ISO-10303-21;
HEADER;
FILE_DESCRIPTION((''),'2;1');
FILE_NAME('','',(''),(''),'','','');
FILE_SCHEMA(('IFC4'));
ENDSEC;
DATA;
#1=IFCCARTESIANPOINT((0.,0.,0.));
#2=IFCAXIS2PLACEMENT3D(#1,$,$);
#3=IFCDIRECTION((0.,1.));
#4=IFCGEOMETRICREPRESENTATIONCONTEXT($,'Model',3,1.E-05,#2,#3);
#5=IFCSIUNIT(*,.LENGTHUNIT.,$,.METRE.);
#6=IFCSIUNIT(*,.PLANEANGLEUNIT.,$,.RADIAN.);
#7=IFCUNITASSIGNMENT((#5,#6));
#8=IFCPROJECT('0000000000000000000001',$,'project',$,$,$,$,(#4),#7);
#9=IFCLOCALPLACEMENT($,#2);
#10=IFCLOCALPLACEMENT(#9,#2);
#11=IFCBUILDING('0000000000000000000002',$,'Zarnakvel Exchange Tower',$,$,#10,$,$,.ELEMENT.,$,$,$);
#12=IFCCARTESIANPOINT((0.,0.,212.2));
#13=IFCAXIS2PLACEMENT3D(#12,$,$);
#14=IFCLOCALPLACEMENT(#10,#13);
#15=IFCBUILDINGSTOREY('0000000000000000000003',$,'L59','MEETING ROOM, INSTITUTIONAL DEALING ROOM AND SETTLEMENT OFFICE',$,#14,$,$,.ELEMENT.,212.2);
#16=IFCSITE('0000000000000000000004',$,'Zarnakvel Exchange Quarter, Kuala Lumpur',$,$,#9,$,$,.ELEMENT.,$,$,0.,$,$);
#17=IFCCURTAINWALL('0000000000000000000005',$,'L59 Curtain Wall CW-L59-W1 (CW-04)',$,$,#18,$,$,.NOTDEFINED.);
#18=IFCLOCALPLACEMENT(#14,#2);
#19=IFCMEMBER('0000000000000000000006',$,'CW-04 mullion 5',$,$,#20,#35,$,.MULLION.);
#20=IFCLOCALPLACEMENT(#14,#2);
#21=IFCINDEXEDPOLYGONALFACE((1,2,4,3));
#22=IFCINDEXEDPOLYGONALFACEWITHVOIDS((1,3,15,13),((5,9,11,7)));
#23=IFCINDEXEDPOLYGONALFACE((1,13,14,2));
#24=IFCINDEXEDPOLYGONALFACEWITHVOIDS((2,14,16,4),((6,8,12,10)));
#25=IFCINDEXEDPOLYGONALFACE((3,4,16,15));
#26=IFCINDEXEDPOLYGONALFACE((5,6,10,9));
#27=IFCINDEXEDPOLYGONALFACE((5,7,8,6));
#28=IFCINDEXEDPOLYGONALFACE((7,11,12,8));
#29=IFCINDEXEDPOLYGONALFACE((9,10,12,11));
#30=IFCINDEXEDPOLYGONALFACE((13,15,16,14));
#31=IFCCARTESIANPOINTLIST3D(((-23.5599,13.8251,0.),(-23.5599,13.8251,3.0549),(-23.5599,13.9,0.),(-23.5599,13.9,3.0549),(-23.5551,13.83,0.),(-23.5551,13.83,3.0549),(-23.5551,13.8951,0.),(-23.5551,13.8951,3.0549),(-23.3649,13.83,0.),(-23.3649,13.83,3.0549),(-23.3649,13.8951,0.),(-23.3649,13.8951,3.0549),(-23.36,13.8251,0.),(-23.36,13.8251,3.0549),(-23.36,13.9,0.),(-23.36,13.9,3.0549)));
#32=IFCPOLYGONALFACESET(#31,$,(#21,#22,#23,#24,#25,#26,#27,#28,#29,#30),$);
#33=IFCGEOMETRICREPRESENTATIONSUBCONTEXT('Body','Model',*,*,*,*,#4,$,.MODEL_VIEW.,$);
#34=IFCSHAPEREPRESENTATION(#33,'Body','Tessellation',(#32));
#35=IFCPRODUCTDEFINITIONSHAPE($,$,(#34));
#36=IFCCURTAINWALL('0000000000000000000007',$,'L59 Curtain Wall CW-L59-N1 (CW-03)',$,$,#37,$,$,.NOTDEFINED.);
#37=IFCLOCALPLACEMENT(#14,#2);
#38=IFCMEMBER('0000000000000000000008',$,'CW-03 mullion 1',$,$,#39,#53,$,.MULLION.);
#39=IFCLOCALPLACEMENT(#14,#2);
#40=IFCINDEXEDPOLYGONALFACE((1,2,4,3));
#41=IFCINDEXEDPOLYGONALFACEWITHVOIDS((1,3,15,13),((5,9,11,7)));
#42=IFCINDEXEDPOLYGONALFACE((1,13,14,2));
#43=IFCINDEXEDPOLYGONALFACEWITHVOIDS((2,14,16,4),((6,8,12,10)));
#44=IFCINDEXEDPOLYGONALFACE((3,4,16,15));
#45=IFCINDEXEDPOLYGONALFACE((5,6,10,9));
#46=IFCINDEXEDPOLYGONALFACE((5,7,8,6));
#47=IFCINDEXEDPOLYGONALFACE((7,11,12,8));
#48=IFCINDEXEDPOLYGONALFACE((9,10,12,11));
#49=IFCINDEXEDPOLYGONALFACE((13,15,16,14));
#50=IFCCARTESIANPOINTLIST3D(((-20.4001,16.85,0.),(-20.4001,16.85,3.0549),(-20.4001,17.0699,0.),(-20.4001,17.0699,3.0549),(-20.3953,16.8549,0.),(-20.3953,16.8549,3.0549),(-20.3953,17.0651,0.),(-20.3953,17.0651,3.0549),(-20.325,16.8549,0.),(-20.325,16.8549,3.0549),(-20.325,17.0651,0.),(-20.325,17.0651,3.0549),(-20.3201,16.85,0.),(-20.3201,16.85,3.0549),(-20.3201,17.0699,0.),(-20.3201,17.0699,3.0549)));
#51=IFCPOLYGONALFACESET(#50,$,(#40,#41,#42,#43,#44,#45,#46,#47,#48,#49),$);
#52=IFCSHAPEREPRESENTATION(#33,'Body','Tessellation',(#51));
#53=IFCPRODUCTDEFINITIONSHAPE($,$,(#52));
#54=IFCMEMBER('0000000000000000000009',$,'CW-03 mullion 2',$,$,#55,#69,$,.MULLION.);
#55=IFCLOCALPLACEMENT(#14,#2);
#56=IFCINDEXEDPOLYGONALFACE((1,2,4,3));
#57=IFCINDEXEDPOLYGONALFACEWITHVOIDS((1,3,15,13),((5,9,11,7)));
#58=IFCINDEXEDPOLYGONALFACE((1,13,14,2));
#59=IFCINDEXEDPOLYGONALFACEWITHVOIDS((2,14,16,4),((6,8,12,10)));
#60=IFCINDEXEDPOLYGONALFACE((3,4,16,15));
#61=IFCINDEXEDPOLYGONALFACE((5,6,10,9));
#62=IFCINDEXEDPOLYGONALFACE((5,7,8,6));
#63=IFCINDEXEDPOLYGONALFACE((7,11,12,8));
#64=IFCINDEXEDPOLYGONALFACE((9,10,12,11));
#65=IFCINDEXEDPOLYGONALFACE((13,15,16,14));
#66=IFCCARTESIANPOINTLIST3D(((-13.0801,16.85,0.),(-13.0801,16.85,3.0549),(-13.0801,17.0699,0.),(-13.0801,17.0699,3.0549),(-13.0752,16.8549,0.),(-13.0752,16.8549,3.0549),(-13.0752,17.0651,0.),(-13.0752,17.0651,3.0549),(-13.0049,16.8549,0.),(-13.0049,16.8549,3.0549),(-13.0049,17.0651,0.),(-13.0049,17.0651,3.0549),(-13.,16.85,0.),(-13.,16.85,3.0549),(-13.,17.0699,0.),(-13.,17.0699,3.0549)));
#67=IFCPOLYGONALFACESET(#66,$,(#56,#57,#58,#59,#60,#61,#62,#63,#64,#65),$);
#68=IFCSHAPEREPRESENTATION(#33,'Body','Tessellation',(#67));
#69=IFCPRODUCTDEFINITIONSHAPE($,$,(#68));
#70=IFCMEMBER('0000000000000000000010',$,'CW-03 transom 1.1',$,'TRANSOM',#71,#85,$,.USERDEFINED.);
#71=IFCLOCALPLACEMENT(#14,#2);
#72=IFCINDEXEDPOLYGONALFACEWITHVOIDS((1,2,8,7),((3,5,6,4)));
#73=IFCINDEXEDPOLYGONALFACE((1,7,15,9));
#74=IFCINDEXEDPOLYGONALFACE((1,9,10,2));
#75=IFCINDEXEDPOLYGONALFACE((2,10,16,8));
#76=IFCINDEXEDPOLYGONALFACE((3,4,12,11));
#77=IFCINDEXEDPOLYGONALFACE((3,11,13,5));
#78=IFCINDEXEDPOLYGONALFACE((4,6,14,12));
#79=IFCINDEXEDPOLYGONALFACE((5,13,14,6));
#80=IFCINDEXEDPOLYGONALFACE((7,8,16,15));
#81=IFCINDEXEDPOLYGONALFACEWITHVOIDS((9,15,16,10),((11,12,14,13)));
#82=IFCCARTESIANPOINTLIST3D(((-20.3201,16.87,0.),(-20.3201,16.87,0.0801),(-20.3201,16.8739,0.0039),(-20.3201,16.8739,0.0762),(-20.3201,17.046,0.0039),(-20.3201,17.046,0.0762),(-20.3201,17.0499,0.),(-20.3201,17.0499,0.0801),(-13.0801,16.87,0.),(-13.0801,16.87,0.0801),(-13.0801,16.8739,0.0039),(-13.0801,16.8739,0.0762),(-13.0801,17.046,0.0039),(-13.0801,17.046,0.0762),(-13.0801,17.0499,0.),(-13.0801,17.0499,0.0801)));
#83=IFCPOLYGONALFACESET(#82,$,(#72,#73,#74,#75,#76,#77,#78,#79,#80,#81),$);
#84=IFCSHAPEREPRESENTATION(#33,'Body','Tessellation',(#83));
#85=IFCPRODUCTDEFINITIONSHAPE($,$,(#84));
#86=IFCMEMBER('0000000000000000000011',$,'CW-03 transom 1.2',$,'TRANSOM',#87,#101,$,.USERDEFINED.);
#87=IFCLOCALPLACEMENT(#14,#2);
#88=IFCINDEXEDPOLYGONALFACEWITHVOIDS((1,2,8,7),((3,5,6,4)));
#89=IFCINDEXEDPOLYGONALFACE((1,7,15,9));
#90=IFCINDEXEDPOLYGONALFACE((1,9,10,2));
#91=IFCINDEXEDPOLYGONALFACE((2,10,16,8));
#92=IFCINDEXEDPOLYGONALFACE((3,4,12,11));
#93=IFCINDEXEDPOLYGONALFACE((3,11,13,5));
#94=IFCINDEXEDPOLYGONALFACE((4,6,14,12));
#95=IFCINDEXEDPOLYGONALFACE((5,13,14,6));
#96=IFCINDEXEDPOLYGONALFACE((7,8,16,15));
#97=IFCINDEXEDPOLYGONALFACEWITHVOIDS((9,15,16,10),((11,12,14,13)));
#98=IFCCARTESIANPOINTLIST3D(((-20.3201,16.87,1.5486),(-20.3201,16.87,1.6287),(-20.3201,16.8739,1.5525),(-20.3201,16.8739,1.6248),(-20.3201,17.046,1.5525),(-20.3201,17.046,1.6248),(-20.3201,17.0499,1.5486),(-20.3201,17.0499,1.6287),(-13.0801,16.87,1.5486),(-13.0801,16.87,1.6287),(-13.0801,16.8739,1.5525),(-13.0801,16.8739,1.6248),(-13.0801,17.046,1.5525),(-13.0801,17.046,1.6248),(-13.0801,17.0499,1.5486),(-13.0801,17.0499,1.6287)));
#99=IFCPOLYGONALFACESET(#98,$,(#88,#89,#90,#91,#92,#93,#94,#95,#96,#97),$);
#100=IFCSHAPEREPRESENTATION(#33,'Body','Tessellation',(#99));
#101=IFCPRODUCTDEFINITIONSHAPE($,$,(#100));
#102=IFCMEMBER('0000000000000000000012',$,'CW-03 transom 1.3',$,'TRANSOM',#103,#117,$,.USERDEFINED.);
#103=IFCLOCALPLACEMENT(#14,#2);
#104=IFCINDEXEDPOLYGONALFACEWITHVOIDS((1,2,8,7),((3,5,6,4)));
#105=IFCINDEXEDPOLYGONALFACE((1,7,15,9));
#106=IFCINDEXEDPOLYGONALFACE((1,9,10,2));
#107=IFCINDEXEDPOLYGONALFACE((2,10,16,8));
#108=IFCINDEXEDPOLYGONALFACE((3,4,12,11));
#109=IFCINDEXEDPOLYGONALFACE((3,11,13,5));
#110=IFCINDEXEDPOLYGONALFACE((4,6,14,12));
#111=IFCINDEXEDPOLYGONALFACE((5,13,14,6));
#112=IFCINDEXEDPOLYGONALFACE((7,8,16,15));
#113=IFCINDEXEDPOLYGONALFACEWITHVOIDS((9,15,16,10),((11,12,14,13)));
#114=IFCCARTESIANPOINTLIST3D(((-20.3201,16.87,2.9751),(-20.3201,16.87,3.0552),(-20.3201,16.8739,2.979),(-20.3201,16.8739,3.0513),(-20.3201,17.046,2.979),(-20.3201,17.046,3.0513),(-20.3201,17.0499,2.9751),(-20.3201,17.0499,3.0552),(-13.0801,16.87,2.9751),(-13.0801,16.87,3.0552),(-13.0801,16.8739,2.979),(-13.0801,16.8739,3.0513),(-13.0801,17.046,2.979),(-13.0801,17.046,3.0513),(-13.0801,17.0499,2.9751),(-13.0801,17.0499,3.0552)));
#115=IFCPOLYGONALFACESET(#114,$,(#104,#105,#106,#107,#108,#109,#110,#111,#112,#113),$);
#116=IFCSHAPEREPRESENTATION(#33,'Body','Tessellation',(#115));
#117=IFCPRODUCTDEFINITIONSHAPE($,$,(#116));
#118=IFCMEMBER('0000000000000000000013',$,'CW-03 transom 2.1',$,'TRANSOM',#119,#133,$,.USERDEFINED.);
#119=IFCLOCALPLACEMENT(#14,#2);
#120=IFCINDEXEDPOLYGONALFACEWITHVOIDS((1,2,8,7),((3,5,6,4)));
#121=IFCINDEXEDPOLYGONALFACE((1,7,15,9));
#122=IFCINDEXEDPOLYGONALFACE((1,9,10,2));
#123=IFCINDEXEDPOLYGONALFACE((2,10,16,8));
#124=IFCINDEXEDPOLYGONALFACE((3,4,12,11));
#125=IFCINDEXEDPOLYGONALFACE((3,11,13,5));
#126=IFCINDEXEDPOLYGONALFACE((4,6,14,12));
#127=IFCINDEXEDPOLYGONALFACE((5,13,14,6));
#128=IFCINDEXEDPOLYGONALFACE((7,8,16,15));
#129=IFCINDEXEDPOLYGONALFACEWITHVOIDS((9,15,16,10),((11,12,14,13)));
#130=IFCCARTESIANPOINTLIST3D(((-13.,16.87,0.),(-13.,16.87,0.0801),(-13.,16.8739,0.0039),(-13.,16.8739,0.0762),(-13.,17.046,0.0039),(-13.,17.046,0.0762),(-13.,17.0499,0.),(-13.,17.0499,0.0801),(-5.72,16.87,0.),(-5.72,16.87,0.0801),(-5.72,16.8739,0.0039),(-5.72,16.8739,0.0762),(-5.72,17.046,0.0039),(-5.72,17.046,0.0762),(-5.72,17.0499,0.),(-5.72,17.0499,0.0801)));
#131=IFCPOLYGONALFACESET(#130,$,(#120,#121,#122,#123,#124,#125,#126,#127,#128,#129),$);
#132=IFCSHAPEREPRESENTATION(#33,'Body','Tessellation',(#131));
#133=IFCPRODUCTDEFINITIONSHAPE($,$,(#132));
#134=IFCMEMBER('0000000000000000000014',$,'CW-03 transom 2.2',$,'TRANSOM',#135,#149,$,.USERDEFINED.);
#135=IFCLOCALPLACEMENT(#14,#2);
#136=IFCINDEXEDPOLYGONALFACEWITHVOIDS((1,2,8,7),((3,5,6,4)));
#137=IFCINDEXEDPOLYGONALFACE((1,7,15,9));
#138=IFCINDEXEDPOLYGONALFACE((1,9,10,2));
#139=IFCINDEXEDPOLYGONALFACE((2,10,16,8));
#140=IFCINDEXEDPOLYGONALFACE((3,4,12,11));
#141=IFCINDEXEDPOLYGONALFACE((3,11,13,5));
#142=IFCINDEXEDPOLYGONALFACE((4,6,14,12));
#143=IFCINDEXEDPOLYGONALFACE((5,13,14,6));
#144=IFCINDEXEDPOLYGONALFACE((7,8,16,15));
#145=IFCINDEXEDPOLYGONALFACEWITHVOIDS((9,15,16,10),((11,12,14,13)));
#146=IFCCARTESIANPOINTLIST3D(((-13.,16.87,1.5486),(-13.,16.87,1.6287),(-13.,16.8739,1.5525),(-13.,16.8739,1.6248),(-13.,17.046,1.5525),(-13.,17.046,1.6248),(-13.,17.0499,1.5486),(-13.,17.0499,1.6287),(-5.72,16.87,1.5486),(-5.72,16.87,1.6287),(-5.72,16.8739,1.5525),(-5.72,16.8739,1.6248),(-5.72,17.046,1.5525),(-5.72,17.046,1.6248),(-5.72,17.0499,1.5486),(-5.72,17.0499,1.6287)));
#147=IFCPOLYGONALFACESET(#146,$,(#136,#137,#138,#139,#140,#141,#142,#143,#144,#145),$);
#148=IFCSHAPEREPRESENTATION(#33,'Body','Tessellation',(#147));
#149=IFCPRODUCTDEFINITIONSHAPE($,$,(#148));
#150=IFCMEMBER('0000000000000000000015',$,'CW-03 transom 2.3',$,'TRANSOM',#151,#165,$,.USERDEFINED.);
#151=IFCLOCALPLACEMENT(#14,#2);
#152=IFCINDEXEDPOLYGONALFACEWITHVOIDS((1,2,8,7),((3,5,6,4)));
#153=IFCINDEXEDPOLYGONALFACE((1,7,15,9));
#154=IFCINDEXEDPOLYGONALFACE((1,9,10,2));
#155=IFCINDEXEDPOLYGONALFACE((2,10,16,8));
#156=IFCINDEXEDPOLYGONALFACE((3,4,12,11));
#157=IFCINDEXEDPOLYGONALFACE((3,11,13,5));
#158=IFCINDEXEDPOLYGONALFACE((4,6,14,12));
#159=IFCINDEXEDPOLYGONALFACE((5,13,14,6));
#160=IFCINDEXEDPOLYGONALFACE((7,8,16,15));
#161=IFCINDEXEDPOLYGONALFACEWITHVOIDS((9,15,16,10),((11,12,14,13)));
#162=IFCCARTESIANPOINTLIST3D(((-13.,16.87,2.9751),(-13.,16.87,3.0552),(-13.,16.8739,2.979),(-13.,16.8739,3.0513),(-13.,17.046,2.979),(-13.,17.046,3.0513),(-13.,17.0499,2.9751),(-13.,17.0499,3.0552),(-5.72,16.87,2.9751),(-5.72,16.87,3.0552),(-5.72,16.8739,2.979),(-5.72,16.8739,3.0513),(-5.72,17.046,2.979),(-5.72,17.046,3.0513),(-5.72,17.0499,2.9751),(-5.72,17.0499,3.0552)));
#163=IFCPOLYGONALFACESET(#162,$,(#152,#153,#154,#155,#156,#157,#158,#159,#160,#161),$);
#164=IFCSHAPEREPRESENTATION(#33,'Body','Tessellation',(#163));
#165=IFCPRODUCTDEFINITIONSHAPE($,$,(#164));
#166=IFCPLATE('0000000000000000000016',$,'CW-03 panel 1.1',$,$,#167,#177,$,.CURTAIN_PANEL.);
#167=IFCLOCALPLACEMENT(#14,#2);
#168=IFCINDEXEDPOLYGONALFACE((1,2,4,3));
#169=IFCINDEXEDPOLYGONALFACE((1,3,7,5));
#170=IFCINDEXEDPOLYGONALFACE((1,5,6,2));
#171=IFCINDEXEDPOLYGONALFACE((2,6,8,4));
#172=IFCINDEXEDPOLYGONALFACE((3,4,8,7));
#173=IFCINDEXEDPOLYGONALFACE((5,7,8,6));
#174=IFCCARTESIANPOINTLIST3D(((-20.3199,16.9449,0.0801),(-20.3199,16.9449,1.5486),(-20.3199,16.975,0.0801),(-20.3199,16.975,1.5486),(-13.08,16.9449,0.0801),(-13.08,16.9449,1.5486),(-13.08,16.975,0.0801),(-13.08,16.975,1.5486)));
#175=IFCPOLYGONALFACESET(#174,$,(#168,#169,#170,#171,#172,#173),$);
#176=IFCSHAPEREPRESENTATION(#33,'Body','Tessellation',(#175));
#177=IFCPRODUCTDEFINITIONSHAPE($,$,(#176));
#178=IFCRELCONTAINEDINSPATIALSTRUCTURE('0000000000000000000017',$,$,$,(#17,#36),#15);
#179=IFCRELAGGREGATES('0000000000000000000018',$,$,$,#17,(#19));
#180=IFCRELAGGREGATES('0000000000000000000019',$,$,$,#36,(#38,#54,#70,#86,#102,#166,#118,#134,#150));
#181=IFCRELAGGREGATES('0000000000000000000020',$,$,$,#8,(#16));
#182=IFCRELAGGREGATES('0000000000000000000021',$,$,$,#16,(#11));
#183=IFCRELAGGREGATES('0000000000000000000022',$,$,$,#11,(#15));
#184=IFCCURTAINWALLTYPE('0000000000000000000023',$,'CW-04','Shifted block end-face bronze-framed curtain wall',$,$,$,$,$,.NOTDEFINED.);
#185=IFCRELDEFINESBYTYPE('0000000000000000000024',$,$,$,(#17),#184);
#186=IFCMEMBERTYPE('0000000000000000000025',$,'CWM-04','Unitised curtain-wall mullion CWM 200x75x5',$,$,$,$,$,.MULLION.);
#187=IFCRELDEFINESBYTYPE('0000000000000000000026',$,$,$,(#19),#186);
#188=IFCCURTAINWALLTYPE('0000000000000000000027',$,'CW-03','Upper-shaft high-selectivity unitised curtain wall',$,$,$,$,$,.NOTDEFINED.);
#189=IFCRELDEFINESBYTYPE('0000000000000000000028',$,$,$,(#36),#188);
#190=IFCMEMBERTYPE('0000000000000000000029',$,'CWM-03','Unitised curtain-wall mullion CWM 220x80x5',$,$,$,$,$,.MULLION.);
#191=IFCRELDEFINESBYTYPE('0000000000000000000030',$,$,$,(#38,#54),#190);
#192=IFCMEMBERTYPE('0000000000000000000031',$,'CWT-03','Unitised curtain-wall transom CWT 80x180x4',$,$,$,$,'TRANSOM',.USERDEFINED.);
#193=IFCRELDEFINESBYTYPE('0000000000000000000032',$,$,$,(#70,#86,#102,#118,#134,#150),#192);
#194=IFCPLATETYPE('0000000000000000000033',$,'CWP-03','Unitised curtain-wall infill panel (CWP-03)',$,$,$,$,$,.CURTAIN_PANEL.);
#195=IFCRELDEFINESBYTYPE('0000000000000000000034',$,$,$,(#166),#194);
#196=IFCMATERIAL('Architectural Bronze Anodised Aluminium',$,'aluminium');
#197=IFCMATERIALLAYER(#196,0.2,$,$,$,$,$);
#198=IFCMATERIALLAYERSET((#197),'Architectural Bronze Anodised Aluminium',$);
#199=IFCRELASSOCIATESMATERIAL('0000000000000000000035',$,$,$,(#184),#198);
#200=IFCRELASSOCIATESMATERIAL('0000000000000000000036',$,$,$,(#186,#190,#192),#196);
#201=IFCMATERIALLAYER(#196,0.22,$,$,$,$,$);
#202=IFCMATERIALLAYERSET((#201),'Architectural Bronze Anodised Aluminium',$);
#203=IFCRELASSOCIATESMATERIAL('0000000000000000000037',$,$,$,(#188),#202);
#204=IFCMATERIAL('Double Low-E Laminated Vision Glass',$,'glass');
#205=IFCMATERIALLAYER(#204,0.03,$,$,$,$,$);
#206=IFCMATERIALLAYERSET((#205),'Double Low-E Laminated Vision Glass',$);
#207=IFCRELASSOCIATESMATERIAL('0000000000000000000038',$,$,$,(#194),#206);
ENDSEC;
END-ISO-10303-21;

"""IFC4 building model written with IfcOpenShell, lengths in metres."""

from ifc_helpers import new_model, si_unit, direction, frame, origin, origin_2d, place, context, subcontext, project, spatial, rectangle, hollow_rectangle, extrude, source, transform, mapped, material, layer, layer_set, material_profile, profile_set, type_object, element, aggregate, save


model = new_model("IFC4")

# Units and contexts
model_context = context("Model", 3, precision=1e-05, world=origin(), true_north=direction((0.0, 1.0)))
body_context = subcontext(model_context, "Body", "Model", "MODEL_VIEW")
ifc_project = project(units=[si_unit("LENGTHUNIT", "METRE"), si_unit("PLANEANGLEUNIT", "RADIAN")], contexts=[model_context])

# Site, building, storey
site_placement = place(None, origin())
site = spatial("IfcSite", under=ifc_project, at=site_placement, Name="Zarnakvel Exchange Quarter, Kuala Lumpur", CompositionType="ELEMENT", RefElevation=0.0)
building_placement = place(site_placement, origin())
building = spatial("IfcBuilding", under=site, at=building_placement, Name="Zarnakvel Exchange Tower", CompositionType="ELEMENT")
storey_placement = place(building_placement, frame((0.0, 0.0, 212.2)))
storey = spatial("IfcBuildingStorey", under=building, at=storey_placement, Name="L59", Description="MEETING ROOM, INSTITUTIONAL DEALING ROOM AND SETTLEMENT OFFICE", CompositionType="ELEMENT", Elevation=212.2)

# Curtain wall, member
ifc_material_1 = material(Name="Architectural Bronze Anodised Aluminium", Category="aluminium")
ifc_layer_1 = layer(ifc_material_1, 0.2)
ifc_layer_set_1 = layer_set([ifc_layer_1], Name="Architectural Bronze Anodised Aluminium")
curtain_wall_type_1 = type_object("IfcCurtainWallType", Name="CW-04", Description="Shifted block end-face bronze-framed curtain wall", PredefinedType="NOTDEFINED", material=ifc_layer_set_1)
curtain_wall_1_placement = place(storey_placement, origin())
curtain_wall_1 = element("IfcCurtainWall", 1, at=curtain_wall_1_placement, inside=storey, type_object=curtain_wall_type_1, Name="L59 Curtain Wall CW-L59-W1 (CW-04)", PredefinedType="NOTDEFINED")
ifc_material_profile_1 = material_profile(ifc_material_1, hollow_rectangle(XDim=0.2, YDim=0.075, WallThickness=0.0049, at=origin_2d()))
ifc_profile_set_1 = profile_set([ifc_material_profile_1], Name="Architectural Bronze Anodised Aluminium")
member_type_1 = type_object("IfcMemberType", Name="CWM-04", Description="Unitised curtain-wall mullion CWM 200x75x5", PredefinedType="MULLION", material=ifc_profile_set_1)
shared_shape_1 = source(origin(), body_context, "Body", "SweptSolid", [
    extrude(hollow_rectangle(XDim=0.2, YDim=0.075, WallThickness=0.0049, at=origin_2d()), origin(), (0.0, 0.0, 1.0), 3.0549),
])
member_1_placement = place(storey_placement, frame((-23.46, 13.8625, 0.0), z_axis=(0.0, 0.0, 1.0), x_axis=(-1.0, 0.0, 0.0)))
member_1 = element("IfcMember", 2, at=member_1_placement, type_object=member_type_1, Name="CW-04 mullion 5", PredefinedType="MULLION", context=body_context, shape_type="MappedRepresentation", body=[
    mapped(shared_shape_1, transform((0.0, 0.0, 0.0), x_axis=(1.0, 0.0, 0.0), y_axis=(0.0, 1.0, 0.0), z_axis=(0.0, 0.0, 1.0), scale=1.0)),
])
aggregate(curtain_wall_1, [member_1])

# Curtain wall, members, plate
ifc_layer_2 = layer(ifc_material_1, 0.22)
ifc_layer_set_2 = layer_set([ifc_layer_2], Name="Architectural Bronze Anodised Aluminium")
curtain_wall_type_2 = type_object("IfcCurtainWallType", Name="CW-03", Description="Upper-shaft high-selectivity unitised curtain wall", PredefinedType="NOTDEFINED", material=ifc_layer_set_2)
curtain_wall_2_placement = place(storey_placement, origin())
curtain_wall_2 = element("IfcCurtainWall", 3, at=curtain_wall_2_placement, inside=storey, type_object=curtain_wall_type_2, Name="L59 Curtain Wall CW-L59-N1 (CW-03)", PredefinedType="NOTDEFINED")
ifc_material_profile_2 = material_profile(ifc_material_1, hollow_rectangle(XDim=0.22, YDim=0.0801, WallThickness=0.0049, at=origin_2d()))
ifc_profile_set_2 = profile_set([ifc_material_profile_2], Name="Architectural Bronze Anodised Aluminium")
member_type_2 = type_object("IfcMemberType", Name="CWM-03", Description="Unitised curtain-wall mullion CWM 220x80x5", PredefinedType="MULLION", material=ifc_profile_set_2)
shared_shape_2 = source(origin(), body_context, "Body", "SweptSolid", [
    extrude(hollow_rectangle(XDim=0.22, YDim=0.0801, WallThickness=0.0049, at=origin_2d()), origin(), (0.0, 0.0, 1.0), 3.0549),
])
member_2_placement = place(storey_placement, frame((-20.3601, 16.96, 0.0), z_axis=(0.0, 0.0, 1.0), x_axis=(0.0, 1.0, 0.0)))
member_2 = element("IfcMember", 4, at=member_2_placement, type_object=member_type_2, Name="CW-03 mullion 1", PredefinedType="MULLION", context=body_context, shape_type="MappedRepresentation", body=[
    mapped(shared_shape_2, transform((0.0, 0.0, 0.0), x_axis=(1.0, 0.0, 0.0), y_axis=(0.0, 1.0, 0.0), z_axis=(0.0, 0.0, 1.0), scale=1.0)),
])
member_3_placement = place(storey_placement, frame((-13.04, 16.96, 0.0), z_axis=(0.0, 0.0, 1.0), x_axis=(0.0, 1.0, 0.0)))
member_3 = element("IfcMember", 5, at=member_3_placement, type_object=member_type_2, Name="CW-03 mullion 2", PredefinedType="MULLION", context=body_context, shape_type="MappedRepresentation", body=[
    mapped(shared_shape_2, transform((0.0, 0.0, 0.0), x_axis=(1.0, 0.0, 0.0), y_axis=(0.0, 1.0, 0.0), z_axis=(0.0, 0.0, 1.0), scale=1.0)),
])
ifc_material_profile_3 = material_profile(ifc_material_1, hollow_rectangle(XDim=0.1799, YDim=0.0801, WallThickness=0.0039, at=origin_2d()))
ifc_profile_set_3 = profile_set([ifc_material_profile_3], Name="Architectural Bronze Anodised Aluminium")
member_type_3 = type_object("IfcMemberType", Name="CWT-03", Description="Unitised curtain-wall transom CWT 80x180x4", ElementType="TRANSOM", PredefinedType="USERDEFINED", material=ifc_profile_set_3)
shared_shape_3 = source(origin(), body_context, "Body", "SweptSolid", [
    extrude(hollow_rectangle(XDim=0.1799, YDim=0.0801, WallThickness=0.0039, at=origin_2d()), origin(), (0.0, 0.0, 1.0), 7.24),
])
member_4_placement = place(storey_placement, frame((-20.3201, 16.96, 0.04), z_axis=(1.0, 0.0, 0.0), x_axis=(0.0, 1.0, 0.0)))
member_4 = element("IfcMember", 6, at=member_4_placement, type_object=member_type_3, Name="CW-03 transom 1.1", ObjectType="TRANSOM", PredefinedType="USERDEFINED", context=body_context, shape_type="MappedRepresentation", body=[
    mapped(shared_shape_3, transform((0.0, 0.0, 0.0), x_axis=(1.0, 0.0, 0.0), y_axis=(0.0, 1.0, 0.0), z_axis=(0.0, 0.0, 1.0), scale=1.0)),
])
member_5_placement = place(storey_placement, frame((-20.3201, 16.96, 1.5886), z_axis=(1.0, 0.0, 0.0), x_axis=(0.0, 1.0, 0.0)))
member_5 = element("IfcMember", 7, at=member_5_placement, type_object=member_type_3, Name="CW-03 transom 1.2", ObjectType="TRANSOM", PredefinedType="USERDEFINED", context=body_context, shape_type="MappedRepresentation", body=[
    mapped(shared_shape_3, transform((0.0, 0.0, 0.0), x_axis=(1.0, 0.0, 0.0), y_axis=(0.0, 1.0, 0.0), z_axis=(0.0, 0.0, 1.0), scale=1.0)),
])
member_6_placement = place(storey_placement, frame((-20.3201, 16.96, 3.0151), z_axis=(1.0, 0.0, 0.0), x_axis=(0.0, 1.0, 0.0)))
member_6 = element("IfcMember", 8, at=member_6_placement, type_object=member_type_3, Name="CW-03 transom 1.3", ObjectType="TRANSOM", PredefinedType="USERDEFINED", context=body_context, shape_type="MappedRepresentation", body=[
    mapped(shared_shape_3, transform((0.0, 0.0, 0.0), x_axis=(1.0, 0.0, 0.0), y_axis=(0.0, 1.0, 0.0), z_axis=(0.0, 0.0, 1.0), scale=1.0)),
])
shared_shape_4 = source(origin(), body_context, "Body", "SweptSolid", [
    extrude(hollow_rectangle(XDim=0.1799, YDim=0.0801, WallThickness=0.0039, at=origin_2d()), origin(), (0.0, 0.0, 1.0), 7.28),
])
member_7_placement = place(storey_placement, frame((-13.0, 16.96, 0.04), z_axis=(1.0, 0.0, 0.0), x_axis=(0.0, 1.0, 0.0)))
member_7 = element("IfcMember", 9, at=member_7_placement, type_object=member_type_3, Name="CW-03 transom 2.1", ObjectType="TRANSOM", PredefinedType="USERDEFINED", context=body_context, shape_type="MappedRepresentation", body=[
    mapped(shared_shape_4, transform((0.0, 0.0, 0.0), x_axis=(1.0, 0.0, 0.0), y_axis=(0.0, 1.0, 0.0), z_axis=(0.0, 0.0, 1.0), scale=1.0)),
])
member_8_placement = place(storey_placement, frame((-13.0, 16.96, 1.5886), z_axis=(1.0, 0.0, 0.0), x_axis=(0.0, 1.0, 0.0)))
member_8 = element("IfcMember", 10, at=member_8_placement, type_object=member_type_3, Name="CW-03 transom 2.2", ObjectType="TRANSOM", PredefinedType="USERDEFINED", context=body_context, shape_type="MappedRepresentation", body=[
    mapped(shared_shape_4, transform((0.0, 0.0, 0.0), x_axis=(1.0, 0.0, 0.0), y_axis=(0.0, 1.0, 0.0), z_axis=(0.0, 0.0, 1.0), scale=1.0)),
])
member_9_placement = place(storey_placement, frame((-13.0, 16.96, 3.0151), z_axis=(1.0, 0.0, 0.0), x_axis=(0.0, 1.0, 0.0)))
member_9 = element("IfcMember", 11, at=member_9_placement, type_object=member_type_3, Name="CW-03 transom 2.3", ObjectType="TRANSOM", PredefinedType="USERDEFINED", context=body_context, shape_type="MappedRepresentation", body=[
    mapped(shared_shape_4, transform((0.0, 0.0, 0.0), x_axis=(1.0, 0.0, 0.0), y_axis=(0.0, 1.0, 0.0), z_axis=(0.0, 0.0, 1.0), scale=1.0)),
])
ifc_material_2 = material(Name="Double Low-E Laminated Vision Glass", Category="glass")
ifc_layer_3 = layer(ifc_material_2, 0.03)
ifc_layer_set_3 = layer_set([ifc_layer_3], Name="Double Low-E Laminated Vision Glass")
plate_type = type_object("IfcPlateType", Name="CWP-03", Description="Unitised curtain-wall infill panel (CWP-03)", PredefinedType="CURTAIN_PANEL", material=ifc_layer_set_3)
shared_shape_5 = source(origin(), body_context, "Body", "SweptSolid", [
    extrude(rectangle(XDim=7.24, YDim=0.03, at=origin_2d()), origin(), (0.0, 0.0, 1.0), 1.4685),
])
plate_1_placement = place(storey_placement, frame((-16.7, 16.96, 0.0801), z_axis=(0.0, 0.0, 1.0), x_axis=(1.0, 0.0, 0.0)))
plate_1 = element("IfcPlate", 12, at=plate_1_placement, type_object=plate_type, Name="CW-03 panel 1.1", PredefinedType="CURTAIN_PANEL", context=body_context, shape_type="MappedRepresentation", body=[
    mapped(shared_shape_5, transform((0.0, 0.0, 0.0), x_axis=(1.0, 0.0, 0.0), y_axis=(0.0, 1.0, 0.0), z_axis=(0.0, 0.0, 1.0), scale=1.0)),
])
aggregate(curtain_wall_2, [member_2, member_3, member_4, member_5, member_6, plate_1, member_7, member_8, member_9])

save(model, "model.ifc")
